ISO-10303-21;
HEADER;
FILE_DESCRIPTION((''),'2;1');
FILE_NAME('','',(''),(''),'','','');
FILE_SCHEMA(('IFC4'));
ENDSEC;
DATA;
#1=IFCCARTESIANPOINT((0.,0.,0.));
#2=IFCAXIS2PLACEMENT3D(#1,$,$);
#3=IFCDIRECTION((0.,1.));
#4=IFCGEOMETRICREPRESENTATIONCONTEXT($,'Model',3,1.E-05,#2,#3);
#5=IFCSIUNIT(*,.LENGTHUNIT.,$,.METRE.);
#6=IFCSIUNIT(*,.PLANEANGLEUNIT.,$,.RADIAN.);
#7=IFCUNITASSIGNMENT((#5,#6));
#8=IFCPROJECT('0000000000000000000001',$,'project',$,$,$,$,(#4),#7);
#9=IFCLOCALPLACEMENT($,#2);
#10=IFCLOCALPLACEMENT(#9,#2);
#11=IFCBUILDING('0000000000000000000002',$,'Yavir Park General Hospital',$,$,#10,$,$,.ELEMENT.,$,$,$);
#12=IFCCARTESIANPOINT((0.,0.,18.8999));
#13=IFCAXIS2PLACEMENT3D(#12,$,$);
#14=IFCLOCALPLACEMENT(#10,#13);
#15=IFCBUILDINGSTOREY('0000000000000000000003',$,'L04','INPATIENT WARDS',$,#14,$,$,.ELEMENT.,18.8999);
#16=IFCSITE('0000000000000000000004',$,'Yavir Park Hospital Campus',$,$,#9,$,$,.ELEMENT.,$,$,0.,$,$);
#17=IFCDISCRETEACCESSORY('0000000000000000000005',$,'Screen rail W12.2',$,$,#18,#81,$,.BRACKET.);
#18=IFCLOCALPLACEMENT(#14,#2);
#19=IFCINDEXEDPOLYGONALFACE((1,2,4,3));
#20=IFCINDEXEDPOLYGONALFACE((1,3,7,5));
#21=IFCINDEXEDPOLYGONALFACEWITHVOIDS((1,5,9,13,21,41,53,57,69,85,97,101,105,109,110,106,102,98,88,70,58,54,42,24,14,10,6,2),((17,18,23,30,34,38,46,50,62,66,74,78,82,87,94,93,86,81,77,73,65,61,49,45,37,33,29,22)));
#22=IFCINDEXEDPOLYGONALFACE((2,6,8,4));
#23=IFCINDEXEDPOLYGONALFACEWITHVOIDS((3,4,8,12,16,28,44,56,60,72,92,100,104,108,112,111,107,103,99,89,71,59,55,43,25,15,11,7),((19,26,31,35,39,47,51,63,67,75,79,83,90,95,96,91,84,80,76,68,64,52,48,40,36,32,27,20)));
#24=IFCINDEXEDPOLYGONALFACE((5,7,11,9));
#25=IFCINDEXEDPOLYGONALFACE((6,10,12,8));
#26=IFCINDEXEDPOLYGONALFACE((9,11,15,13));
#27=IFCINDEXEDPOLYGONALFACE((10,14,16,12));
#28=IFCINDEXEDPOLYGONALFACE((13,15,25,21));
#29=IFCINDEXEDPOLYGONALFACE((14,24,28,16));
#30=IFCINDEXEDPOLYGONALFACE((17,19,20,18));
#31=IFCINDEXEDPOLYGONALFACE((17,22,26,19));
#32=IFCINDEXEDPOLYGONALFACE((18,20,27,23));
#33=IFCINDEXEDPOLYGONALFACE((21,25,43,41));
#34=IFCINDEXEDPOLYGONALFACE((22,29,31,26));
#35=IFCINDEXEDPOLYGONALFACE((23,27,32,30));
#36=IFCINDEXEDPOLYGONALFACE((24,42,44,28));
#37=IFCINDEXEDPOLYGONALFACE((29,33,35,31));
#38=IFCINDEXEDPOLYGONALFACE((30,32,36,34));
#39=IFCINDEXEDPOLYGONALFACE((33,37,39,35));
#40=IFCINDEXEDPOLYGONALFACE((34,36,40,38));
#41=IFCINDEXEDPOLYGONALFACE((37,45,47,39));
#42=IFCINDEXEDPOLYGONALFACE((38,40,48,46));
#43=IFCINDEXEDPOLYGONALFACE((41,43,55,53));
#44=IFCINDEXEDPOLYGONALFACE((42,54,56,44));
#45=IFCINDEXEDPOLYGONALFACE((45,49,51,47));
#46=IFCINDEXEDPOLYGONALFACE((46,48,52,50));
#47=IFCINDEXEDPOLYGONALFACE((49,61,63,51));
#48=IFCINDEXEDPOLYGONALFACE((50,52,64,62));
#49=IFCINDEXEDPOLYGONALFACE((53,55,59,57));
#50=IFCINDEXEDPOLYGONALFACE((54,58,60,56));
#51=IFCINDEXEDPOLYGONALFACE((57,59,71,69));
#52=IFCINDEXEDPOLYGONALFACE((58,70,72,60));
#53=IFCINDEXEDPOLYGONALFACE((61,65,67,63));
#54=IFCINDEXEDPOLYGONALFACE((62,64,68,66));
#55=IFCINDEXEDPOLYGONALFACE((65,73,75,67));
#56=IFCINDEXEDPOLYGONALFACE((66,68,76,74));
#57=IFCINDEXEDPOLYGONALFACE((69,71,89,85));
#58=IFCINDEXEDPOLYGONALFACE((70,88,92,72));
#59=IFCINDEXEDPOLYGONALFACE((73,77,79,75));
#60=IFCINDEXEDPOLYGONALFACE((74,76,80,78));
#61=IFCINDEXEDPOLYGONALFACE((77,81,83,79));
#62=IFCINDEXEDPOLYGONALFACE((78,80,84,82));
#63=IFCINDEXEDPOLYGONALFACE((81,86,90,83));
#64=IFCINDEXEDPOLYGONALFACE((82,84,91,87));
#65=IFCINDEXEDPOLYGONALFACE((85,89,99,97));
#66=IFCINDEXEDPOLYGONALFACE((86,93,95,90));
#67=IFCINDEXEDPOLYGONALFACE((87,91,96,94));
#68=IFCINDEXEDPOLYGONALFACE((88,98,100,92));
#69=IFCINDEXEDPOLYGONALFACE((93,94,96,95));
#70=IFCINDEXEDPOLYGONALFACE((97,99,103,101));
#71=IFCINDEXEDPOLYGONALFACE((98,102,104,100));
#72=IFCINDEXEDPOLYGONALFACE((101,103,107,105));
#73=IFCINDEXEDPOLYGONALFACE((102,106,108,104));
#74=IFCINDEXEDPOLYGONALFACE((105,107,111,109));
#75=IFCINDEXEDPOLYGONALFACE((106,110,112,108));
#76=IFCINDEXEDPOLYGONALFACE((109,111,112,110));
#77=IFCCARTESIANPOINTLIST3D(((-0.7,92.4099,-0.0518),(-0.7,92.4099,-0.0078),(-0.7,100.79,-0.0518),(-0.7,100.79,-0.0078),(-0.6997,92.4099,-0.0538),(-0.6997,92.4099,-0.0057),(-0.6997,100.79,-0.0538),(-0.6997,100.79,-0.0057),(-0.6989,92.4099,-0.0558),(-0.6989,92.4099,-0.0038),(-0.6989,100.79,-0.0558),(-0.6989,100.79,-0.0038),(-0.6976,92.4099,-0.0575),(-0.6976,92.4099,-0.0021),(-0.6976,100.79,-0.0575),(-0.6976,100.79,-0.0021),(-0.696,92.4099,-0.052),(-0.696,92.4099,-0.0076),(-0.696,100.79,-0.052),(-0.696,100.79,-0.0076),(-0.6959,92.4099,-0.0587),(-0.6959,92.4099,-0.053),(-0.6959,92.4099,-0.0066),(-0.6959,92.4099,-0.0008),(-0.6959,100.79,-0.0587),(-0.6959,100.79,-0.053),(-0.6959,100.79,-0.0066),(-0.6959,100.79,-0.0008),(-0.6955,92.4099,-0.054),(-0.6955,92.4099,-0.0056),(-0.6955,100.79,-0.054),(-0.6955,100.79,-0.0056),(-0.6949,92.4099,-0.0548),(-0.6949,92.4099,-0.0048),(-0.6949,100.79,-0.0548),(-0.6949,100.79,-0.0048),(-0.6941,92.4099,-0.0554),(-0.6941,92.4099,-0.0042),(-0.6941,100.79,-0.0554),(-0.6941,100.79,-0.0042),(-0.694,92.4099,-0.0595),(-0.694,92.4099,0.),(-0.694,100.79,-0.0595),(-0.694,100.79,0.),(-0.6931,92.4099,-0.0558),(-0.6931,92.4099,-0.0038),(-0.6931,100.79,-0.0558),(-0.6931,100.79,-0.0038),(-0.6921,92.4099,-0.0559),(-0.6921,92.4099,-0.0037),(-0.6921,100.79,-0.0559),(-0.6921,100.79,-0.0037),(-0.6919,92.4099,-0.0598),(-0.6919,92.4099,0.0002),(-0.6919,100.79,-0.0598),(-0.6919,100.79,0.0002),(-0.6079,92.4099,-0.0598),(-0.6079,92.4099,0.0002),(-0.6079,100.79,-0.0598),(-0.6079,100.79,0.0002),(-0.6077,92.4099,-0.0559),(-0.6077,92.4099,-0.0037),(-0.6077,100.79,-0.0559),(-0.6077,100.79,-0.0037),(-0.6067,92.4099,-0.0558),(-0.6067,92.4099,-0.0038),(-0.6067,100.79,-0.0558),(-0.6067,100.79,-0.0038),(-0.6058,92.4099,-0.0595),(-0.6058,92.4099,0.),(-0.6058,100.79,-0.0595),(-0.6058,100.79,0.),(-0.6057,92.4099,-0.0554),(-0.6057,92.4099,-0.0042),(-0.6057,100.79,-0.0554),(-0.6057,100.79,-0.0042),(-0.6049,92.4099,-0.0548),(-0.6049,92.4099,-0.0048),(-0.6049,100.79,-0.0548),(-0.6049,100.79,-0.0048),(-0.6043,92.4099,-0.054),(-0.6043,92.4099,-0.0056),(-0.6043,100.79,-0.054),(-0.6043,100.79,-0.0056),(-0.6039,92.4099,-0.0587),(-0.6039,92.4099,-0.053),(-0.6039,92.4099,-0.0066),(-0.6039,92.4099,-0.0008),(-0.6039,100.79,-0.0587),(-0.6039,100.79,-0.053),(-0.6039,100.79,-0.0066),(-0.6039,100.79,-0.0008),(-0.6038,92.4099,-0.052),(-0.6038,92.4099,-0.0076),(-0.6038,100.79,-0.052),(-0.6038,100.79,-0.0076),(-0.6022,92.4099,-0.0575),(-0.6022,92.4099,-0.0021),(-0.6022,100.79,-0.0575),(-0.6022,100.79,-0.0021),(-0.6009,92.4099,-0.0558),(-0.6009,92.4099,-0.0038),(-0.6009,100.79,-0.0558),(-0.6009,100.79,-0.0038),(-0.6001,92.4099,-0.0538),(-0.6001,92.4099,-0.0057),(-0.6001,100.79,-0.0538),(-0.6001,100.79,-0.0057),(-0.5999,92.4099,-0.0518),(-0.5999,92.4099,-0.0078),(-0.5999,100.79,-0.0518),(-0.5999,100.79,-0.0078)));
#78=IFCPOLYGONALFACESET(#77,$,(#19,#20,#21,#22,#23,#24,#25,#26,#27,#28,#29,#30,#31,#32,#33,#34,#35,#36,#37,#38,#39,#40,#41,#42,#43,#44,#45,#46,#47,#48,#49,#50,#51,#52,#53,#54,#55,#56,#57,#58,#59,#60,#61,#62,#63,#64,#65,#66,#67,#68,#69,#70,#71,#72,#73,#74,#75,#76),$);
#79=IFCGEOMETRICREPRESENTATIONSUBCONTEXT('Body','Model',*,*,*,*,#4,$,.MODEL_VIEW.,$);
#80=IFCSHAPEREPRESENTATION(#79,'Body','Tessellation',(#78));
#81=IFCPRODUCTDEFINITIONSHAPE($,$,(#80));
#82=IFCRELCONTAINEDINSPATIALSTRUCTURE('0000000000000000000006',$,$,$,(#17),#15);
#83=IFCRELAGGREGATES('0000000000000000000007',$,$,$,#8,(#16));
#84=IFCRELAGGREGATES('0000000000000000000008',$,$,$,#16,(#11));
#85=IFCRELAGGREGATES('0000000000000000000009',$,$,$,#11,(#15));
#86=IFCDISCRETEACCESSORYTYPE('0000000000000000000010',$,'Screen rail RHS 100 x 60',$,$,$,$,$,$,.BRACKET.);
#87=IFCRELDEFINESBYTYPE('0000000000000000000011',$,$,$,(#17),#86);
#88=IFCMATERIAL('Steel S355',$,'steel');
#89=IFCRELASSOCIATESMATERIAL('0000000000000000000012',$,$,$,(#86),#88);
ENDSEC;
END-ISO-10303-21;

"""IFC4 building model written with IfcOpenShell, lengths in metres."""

from ifc_helpers import new_model, si_unit, direction, frame, origin, origin_2d, place, context, subcontext, project, spatial, hollow_rectangle, extrude, material, material_profile, profile_set, type_object, element, save


model = new_model("IFC4")

# Units and contexts
model_context = context("Model", 3, precision=1e-05, world=origin(), true_north=direction((0.0, 1.0)))
body_context = subcontext(model_context, "Body", "Model", "MODEL_VIEW")
ifc_project = project(units=[si_unit("LENGTHUNIT", "METRE"), si_unit("PLANEANGLEUNIT", "RADIAN")], contexts=[model_context])

# Site, building, storey
site_placement = place(None, origin())
site = spatial("IfcSite", under=ifc_project, at=site_placement, Name="Yavir Park Hospital Campus", CompositionType="ELEMENT", RefElevation=0.0)
building_placement = place(site_placement, origin())
building = spatial("IfcBuilding", under=site, at=building_placement, Name="Yavir Park General Hospital", CompositionType="ELEMENT")
storey_placement = place(building_placement, frame((0.0, 0.0, 18.8999)))
storey = spatial("IfcBuildingStorey", under=building, at=storey_placement, Name="L04", Description="INPATIENT WARDS", CompositionType="ELEMENT", Elevation=18.8999)

# Discrete accessory
ifc_material_1 = material(Name="Steel S355", Category="steel")
ifc_material_profile_1 = material_profile(ifc_material_1, hollow_rectangle(XDim=0.1001, YDim=0.0601, WallThickness=0.0039, InnerFilletRadius=0.0039, OuterFilletRadius=0.0081, at=origin_2d()), Name="RHS60x100x4")
ifc_profile_set_1 = profile_set([ifc_material_profile_1], Name="Steel S355")
discrete_accessory_type_1 = type_object("IfcDiscreteAccessoryType", Name="Screen rail RHS 100 x 60", PredefinedType="BRACKET", material=ifc_profile_set_1)
discrete_accessory_placement = place(storey_placement, frame((-0.6499, 92.4099, -0.0298), z_axis=(0.0, 1.0, 0.0), x_axis=(-1.0, 0.0, 0.0)))
element("IfcDiscreteAccessory", 1, at=discrete_accessory_placement, inside=storey, type_object=discrete_accessory_type_1, Name="Screen rail W12.2", PredefinedType="BRACKET", context=body_context, shape_type="SweptSolid", body=[
    extrude(hollow_rectangle(XDim=0.1001, YDim=0.0601, WallThickness=0.0039, InnerFilletRadius=0.0039, OuterFilletRadius=0.0081, at=origin_2d()), origin(), (0.0, 0.0, 1.0), 8.3801),
])

save(model, "model.ifc")
